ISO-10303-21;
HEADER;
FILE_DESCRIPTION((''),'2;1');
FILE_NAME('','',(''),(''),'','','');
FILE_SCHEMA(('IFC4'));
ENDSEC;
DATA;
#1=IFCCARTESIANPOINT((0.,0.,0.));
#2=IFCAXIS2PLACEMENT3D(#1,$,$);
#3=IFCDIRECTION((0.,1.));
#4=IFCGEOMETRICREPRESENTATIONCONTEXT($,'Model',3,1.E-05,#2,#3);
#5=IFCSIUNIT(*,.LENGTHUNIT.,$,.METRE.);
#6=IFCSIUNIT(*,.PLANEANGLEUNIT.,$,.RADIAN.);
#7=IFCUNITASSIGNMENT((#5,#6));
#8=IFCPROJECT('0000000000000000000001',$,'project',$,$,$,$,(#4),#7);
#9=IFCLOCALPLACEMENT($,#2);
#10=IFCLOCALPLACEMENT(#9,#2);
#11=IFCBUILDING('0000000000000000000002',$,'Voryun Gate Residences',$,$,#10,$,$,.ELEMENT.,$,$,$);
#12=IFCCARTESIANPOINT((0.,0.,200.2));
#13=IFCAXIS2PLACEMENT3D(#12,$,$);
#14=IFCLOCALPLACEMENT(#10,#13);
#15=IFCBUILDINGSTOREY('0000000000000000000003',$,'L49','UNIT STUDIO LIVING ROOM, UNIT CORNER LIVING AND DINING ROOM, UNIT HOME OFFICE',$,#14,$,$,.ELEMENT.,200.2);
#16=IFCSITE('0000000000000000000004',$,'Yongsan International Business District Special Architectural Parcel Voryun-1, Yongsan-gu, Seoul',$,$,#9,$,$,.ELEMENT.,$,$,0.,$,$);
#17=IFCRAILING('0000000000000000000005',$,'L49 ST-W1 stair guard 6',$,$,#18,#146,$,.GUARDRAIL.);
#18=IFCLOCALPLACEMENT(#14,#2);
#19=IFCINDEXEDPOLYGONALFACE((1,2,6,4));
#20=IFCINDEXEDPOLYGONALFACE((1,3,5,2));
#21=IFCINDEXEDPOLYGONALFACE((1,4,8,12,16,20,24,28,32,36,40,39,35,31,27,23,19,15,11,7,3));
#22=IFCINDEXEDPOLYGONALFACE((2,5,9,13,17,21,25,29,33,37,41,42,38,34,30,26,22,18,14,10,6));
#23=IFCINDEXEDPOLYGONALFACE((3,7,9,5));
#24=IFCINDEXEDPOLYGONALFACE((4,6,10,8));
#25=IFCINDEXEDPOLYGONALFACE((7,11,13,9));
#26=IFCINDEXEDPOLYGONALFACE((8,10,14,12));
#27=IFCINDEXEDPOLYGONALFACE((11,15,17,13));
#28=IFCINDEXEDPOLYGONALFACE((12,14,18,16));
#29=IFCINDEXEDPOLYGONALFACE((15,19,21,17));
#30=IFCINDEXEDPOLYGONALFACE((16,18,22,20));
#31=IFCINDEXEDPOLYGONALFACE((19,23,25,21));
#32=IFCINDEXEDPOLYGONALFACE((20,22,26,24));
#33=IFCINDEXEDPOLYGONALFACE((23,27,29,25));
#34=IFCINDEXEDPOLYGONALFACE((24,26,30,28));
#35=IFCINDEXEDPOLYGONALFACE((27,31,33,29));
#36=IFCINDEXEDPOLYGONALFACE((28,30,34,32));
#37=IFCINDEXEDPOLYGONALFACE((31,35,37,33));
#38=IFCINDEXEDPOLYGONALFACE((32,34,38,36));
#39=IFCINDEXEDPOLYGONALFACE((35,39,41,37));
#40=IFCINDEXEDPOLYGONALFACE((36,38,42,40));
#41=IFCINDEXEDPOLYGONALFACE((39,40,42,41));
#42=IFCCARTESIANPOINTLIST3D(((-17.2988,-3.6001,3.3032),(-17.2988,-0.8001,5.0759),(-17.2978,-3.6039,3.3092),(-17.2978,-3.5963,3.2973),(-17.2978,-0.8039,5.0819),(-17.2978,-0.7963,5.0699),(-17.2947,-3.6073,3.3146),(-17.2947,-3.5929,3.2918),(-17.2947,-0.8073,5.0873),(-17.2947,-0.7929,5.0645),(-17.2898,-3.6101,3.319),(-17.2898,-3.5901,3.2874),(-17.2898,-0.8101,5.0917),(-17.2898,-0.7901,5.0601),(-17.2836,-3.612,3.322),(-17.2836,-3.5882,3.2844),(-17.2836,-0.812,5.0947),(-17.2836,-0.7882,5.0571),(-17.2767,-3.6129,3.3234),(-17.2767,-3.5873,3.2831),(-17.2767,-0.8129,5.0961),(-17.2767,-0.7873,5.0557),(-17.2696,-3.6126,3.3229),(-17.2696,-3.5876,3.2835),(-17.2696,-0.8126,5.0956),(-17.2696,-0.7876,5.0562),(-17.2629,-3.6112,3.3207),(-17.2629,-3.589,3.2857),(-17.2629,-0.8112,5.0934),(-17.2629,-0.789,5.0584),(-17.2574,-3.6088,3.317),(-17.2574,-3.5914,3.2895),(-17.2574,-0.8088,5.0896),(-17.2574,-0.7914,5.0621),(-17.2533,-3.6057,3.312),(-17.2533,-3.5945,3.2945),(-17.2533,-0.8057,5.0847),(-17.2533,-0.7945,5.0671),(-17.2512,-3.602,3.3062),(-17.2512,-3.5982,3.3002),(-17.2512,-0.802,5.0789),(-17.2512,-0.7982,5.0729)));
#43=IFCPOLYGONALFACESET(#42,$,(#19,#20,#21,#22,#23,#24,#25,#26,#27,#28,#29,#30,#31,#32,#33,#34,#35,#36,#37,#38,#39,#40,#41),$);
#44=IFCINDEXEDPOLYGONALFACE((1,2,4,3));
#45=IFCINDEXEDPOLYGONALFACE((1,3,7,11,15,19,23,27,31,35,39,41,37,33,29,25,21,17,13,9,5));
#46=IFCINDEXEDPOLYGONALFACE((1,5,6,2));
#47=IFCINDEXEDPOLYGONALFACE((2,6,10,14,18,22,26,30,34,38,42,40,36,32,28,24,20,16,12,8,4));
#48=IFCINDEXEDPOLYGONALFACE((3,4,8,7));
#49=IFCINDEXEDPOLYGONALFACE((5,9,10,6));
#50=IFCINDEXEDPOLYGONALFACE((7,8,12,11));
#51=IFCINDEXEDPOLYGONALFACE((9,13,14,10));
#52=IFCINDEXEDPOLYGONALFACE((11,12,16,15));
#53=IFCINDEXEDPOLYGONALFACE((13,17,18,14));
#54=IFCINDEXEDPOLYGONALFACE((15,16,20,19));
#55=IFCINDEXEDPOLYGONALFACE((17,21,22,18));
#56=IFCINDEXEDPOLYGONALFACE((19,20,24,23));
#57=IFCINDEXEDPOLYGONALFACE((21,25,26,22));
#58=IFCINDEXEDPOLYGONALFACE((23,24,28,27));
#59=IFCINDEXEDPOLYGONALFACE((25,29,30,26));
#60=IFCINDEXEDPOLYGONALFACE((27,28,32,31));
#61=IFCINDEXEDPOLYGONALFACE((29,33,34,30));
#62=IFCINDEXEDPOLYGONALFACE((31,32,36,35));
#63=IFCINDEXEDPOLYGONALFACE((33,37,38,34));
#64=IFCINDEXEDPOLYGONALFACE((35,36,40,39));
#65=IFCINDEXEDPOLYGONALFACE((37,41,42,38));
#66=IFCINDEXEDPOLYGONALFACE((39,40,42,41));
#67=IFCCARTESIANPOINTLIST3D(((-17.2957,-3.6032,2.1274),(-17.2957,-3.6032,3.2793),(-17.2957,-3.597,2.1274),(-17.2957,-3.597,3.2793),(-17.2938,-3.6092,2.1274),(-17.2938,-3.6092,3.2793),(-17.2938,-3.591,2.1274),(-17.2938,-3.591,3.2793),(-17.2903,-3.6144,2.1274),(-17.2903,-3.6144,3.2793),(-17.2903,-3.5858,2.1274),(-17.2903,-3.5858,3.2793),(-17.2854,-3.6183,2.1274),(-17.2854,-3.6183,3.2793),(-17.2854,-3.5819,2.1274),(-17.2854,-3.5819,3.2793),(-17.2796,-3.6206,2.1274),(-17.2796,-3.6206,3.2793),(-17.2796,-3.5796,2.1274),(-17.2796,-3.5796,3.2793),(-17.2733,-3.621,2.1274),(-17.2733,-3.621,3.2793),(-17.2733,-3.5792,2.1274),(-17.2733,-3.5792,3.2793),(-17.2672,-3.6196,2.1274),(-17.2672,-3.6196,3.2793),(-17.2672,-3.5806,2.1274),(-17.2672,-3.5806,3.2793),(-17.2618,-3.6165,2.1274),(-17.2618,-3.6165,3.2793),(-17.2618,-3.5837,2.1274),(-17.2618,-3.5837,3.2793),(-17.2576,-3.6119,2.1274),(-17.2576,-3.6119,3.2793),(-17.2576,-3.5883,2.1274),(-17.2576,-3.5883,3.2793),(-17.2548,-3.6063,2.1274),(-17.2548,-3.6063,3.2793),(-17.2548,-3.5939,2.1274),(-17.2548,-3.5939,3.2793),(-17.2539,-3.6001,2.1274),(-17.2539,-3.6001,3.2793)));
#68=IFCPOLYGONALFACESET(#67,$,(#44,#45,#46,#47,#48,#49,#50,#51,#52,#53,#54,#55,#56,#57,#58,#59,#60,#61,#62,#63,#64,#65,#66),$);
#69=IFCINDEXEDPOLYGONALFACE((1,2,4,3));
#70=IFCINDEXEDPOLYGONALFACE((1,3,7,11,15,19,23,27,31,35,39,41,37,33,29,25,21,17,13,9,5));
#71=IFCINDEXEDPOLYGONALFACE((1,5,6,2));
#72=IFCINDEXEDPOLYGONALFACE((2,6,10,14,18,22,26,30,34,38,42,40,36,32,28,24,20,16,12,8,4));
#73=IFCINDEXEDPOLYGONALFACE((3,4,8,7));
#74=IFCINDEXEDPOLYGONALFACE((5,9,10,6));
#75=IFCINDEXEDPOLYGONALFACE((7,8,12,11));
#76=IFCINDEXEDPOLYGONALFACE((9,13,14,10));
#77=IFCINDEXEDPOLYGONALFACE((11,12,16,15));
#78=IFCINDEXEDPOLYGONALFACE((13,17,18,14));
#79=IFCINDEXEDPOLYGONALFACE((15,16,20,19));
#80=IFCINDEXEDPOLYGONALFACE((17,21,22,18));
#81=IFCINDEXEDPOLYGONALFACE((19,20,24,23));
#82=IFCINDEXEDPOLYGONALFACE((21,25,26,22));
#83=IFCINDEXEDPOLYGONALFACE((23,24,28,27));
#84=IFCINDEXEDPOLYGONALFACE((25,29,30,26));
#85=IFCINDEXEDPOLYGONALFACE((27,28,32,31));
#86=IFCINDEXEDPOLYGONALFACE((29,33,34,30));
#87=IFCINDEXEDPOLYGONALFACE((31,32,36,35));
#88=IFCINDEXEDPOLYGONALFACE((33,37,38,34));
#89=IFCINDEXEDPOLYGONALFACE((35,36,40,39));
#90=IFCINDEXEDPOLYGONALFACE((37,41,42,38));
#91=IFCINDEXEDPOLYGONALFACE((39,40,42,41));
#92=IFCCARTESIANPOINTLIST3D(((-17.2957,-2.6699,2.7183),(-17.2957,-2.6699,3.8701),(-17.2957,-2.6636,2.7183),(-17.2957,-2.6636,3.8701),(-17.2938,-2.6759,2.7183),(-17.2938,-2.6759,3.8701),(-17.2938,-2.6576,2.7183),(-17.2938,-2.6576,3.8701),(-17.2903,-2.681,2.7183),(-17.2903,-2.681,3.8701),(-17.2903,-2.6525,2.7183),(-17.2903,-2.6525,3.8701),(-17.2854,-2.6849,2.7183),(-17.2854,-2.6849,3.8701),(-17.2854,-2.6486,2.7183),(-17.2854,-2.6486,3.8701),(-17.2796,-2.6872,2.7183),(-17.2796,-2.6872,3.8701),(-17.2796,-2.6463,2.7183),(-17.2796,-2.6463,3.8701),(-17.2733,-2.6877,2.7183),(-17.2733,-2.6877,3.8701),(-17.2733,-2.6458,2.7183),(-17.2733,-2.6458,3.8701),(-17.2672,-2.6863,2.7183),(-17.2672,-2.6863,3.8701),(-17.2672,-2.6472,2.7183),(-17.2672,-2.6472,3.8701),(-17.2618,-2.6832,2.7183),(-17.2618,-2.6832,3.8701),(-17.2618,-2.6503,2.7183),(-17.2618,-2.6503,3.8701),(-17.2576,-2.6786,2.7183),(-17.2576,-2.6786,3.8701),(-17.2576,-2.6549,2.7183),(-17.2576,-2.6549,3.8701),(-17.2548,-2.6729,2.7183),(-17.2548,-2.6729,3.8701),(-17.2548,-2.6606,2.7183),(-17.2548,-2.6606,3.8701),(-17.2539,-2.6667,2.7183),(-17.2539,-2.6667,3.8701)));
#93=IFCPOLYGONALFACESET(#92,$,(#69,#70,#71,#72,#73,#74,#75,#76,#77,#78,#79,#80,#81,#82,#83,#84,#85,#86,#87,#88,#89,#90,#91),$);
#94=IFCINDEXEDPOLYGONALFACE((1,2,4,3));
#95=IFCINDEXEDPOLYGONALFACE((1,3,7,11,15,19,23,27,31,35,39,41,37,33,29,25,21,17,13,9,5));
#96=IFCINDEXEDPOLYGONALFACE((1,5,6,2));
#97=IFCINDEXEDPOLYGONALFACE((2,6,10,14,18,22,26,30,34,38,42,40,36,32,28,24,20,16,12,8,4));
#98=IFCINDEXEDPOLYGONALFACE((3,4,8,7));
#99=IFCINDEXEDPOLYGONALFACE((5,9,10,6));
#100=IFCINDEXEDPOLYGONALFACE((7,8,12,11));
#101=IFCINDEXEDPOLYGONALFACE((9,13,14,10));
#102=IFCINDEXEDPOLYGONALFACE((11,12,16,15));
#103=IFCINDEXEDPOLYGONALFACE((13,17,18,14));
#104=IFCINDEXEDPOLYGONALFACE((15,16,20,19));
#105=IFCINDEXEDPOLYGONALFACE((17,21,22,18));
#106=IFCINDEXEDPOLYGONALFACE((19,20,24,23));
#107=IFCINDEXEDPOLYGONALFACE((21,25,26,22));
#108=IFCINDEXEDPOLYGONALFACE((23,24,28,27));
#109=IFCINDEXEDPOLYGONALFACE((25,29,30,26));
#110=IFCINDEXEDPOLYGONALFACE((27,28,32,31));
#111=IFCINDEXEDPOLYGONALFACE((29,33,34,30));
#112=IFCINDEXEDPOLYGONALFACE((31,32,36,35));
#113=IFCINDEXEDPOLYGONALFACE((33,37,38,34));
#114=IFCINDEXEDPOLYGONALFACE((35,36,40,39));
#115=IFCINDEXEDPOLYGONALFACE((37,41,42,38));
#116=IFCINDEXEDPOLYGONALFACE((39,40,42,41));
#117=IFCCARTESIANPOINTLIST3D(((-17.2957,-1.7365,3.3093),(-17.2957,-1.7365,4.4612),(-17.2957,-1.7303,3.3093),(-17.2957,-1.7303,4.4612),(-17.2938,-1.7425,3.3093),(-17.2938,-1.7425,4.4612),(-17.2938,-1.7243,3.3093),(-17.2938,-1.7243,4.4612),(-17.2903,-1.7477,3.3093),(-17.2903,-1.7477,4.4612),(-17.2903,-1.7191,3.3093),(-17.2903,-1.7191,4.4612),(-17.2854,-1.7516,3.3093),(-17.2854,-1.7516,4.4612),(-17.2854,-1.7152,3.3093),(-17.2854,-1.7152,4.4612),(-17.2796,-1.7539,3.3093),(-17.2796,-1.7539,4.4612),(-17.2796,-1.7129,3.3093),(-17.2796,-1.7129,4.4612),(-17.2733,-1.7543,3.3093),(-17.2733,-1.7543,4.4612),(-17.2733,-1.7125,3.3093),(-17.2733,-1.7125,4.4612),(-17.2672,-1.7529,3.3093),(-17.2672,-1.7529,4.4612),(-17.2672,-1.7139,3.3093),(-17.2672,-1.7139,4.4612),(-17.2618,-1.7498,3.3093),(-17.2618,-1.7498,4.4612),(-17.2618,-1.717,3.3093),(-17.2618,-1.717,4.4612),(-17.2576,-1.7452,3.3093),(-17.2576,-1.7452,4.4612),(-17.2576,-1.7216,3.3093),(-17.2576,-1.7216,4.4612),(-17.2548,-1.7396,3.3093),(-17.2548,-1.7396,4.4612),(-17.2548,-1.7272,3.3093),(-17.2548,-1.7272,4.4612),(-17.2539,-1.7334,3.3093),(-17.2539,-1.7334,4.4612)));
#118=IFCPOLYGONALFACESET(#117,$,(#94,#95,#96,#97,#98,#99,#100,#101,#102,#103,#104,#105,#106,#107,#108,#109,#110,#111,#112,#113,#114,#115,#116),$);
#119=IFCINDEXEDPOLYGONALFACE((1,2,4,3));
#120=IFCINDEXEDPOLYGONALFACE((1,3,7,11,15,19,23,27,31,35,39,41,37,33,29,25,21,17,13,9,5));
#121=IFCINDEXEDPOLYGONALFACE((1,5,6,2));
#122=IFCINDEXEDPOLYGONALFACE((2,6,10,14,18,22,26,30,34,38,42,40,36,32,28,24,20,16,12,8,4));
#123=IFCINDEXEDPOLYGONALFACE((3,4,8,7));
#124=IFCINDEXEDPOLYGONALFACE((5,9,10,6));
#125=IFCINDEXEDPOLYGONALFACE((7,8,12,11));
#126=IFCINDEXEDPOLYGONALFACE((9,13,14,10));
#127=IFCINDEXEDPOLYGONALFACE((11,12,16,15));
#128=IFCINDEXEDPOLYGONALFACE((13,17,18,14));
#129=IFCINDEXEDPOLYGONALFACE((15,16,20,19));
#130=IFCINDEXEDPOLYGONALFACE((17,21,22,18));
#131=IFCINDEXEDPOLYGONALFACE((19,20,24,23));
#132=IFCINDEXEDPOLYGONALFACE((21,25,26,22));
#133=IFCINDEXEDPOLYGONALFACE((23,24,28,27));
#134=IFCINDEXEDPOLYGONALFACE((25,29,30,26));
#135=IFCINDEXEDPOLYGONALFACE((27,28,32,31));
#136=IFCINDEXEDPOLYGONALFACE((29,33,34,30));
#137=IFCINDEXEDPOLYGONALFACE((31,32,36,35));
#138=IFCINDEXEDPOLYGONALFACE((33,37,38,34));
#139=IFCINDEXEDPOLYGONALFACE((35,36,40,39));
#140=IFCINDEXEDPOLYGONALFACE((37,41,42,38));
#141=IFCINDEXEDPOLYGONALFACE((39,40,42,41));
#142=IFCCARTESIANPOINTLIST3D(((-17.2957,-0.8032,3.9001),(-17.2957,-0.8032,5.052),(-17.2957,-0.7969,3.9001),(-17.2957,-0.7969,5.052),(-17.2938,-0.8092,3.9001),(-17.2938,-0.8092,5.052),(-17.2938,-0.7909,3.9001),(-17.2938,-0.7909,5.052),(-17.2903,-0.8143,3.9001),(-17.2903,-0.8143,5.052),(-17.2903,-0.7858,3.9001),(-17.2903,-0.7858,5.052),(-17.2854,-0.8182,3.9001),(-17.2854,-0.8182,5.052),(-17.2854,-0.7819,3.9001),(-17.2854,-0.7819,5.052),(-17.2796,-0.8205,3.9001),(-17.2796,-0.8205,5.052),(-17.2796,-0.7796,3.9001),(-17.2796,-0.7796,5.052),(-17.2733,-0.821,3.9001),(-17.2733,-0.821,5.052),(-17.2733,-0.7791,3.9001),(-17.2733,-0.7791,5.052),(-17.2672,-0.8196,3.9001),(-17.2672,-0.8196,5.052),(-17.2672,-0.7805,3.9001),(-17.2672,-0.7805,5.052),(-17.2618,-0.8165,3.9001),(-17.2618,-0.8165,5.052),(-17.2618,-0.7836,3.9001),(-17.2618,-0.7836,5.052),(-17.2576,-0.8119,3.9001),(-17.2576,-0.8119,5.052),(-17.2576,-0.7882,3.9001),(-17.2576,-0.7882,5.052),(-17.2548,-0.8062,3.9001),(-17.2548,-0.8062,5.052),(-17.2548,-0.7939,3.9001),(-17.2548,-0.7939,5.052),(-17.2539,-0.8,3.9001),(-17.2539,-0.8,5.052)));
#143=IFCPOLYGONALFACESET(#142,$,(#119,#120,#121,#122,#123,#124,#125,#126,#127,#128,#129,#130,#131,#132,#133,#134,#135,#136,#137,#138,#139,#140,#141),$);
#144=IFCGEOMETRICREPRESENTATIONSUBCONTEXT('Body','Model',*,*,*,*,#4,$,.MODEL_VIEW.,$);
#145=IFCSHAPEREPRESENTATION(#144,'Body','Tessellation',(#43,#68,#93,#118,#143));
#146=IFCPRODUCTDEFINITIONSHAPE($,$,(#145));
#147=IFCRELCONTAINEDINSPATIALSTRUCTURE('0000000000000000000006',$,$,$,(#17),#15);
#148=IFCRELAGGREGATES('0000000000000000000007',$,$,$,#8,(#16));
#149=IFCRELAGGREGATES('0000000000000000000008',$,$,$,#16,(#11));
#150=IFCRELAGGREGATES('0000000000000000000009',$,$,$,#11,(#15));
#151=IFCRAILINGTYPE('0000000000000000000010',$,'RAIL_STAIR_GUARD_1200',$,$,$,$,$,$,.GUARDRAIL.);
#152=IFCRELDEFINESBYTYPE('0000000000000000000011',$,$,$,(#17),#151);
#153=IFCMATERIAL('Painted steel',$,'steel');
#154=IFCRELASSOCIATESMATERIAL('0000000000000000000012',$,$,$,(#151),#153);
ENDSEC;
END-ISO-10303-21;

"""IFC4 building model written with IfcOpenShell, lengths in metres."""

from ifc_helpers import new_model, si_unit, direction, frame, origin, origin_2d, place, context, subcontext, project, spatial, circle, extrude, material, type_object, element, save


model = new_model("IFC4")

# Units and contexts
model_context = context("Model", 3, precision=1e-05, world=origin(), true_north=direction((0.0, 1.0)))
body_context = subcontext(model_context, "Body", "Model", "MODEL_VIEW")
ifc_project = project(units=[si_unit("LENGTHUNIT", "METRE"), si_unit("PLANEANGLEUNIT", "RADIAN")], contexts=[model_context])

# Site, building, storey
site_placement = place(None, origin())
site = spatial("IfcSite", under=ifc_project, at=site_placement, Name="Yongsan International Business District Special Architectural Parcel Voryun-1, Yongsan-gu, Seoul", CompositionType="ELEMENT", RefElevation=0.0)
building_placement = place(site_placement, origin())
building = spatial("IfcBuilding", under=site, at=building_placement, Name="Voryun Gate Residences", CompositionType="ELEMENT")
storey_placement = place(building_placement, frame((0.0, 0.0, 200.2)))
storey = spatial("IfcBuildingStorey", under=building, at=storey_placement, Name="L49", Description="UNIT STUDIO LIVING ROOM, UNIT CORNER LIVING AND DINING ROOM, UNIT HOME OFFICE", CompositionType="ELEMENT", Elevation=200.2)

# Railing
ifc_material_1 = material(Name="Painted steel", Category="steel")
railing_type = type_object("IfcRailingType", Name="RAIL_STAIR_GUARD_1200", PredefinedType="GUARDRAIL", material=ifc_material_1)
railing_1_placement = place(storey_placement, frame((-17.2749, -3.6001, 2.1274)))
element("IfcRailing", 1, at=railing_1_placement, inside=storey, type_object=railing_type, Name="L49 ST-W1 stair guard 6", PredefinedType="GUARDRAIL", context=body_context, shape_type="SweptSolid", body=[
    extrude(circle(Radius=0.0239, at=origin_2d()), frame((0.0, 0.0, 1.1758), z_axis=(0.0, 0.844909, 0.53491), x_axis=(-1.0, 0.0, 0.0)), (0.0, 0.0, 1.0), 3.314),
    extrude(circle(Radius=0.021, at=origin_2d()), origin(), (0.0, 0.0, 1.0), 1.1519),
    extrude(circle(Radius=0.021, at=origin_2d()), frame((0.0, 0.9333, 0.5908)), (0.0, 0.0, 1.0), 1.1519),
    extrude(circle(Radius=0.021, at=origin_2d()), frame((0.0, 1.8667, 1.1819)), (0.0, 0.0, 1.0), 1.1519),
    extrude(circle(Radius=0.021, at=origin_2d()), frame((0.0, 2.8, 1.7727)), (0.0, 0.0, 1.0), 1.1519),
])

save(model, "model.ifc")
